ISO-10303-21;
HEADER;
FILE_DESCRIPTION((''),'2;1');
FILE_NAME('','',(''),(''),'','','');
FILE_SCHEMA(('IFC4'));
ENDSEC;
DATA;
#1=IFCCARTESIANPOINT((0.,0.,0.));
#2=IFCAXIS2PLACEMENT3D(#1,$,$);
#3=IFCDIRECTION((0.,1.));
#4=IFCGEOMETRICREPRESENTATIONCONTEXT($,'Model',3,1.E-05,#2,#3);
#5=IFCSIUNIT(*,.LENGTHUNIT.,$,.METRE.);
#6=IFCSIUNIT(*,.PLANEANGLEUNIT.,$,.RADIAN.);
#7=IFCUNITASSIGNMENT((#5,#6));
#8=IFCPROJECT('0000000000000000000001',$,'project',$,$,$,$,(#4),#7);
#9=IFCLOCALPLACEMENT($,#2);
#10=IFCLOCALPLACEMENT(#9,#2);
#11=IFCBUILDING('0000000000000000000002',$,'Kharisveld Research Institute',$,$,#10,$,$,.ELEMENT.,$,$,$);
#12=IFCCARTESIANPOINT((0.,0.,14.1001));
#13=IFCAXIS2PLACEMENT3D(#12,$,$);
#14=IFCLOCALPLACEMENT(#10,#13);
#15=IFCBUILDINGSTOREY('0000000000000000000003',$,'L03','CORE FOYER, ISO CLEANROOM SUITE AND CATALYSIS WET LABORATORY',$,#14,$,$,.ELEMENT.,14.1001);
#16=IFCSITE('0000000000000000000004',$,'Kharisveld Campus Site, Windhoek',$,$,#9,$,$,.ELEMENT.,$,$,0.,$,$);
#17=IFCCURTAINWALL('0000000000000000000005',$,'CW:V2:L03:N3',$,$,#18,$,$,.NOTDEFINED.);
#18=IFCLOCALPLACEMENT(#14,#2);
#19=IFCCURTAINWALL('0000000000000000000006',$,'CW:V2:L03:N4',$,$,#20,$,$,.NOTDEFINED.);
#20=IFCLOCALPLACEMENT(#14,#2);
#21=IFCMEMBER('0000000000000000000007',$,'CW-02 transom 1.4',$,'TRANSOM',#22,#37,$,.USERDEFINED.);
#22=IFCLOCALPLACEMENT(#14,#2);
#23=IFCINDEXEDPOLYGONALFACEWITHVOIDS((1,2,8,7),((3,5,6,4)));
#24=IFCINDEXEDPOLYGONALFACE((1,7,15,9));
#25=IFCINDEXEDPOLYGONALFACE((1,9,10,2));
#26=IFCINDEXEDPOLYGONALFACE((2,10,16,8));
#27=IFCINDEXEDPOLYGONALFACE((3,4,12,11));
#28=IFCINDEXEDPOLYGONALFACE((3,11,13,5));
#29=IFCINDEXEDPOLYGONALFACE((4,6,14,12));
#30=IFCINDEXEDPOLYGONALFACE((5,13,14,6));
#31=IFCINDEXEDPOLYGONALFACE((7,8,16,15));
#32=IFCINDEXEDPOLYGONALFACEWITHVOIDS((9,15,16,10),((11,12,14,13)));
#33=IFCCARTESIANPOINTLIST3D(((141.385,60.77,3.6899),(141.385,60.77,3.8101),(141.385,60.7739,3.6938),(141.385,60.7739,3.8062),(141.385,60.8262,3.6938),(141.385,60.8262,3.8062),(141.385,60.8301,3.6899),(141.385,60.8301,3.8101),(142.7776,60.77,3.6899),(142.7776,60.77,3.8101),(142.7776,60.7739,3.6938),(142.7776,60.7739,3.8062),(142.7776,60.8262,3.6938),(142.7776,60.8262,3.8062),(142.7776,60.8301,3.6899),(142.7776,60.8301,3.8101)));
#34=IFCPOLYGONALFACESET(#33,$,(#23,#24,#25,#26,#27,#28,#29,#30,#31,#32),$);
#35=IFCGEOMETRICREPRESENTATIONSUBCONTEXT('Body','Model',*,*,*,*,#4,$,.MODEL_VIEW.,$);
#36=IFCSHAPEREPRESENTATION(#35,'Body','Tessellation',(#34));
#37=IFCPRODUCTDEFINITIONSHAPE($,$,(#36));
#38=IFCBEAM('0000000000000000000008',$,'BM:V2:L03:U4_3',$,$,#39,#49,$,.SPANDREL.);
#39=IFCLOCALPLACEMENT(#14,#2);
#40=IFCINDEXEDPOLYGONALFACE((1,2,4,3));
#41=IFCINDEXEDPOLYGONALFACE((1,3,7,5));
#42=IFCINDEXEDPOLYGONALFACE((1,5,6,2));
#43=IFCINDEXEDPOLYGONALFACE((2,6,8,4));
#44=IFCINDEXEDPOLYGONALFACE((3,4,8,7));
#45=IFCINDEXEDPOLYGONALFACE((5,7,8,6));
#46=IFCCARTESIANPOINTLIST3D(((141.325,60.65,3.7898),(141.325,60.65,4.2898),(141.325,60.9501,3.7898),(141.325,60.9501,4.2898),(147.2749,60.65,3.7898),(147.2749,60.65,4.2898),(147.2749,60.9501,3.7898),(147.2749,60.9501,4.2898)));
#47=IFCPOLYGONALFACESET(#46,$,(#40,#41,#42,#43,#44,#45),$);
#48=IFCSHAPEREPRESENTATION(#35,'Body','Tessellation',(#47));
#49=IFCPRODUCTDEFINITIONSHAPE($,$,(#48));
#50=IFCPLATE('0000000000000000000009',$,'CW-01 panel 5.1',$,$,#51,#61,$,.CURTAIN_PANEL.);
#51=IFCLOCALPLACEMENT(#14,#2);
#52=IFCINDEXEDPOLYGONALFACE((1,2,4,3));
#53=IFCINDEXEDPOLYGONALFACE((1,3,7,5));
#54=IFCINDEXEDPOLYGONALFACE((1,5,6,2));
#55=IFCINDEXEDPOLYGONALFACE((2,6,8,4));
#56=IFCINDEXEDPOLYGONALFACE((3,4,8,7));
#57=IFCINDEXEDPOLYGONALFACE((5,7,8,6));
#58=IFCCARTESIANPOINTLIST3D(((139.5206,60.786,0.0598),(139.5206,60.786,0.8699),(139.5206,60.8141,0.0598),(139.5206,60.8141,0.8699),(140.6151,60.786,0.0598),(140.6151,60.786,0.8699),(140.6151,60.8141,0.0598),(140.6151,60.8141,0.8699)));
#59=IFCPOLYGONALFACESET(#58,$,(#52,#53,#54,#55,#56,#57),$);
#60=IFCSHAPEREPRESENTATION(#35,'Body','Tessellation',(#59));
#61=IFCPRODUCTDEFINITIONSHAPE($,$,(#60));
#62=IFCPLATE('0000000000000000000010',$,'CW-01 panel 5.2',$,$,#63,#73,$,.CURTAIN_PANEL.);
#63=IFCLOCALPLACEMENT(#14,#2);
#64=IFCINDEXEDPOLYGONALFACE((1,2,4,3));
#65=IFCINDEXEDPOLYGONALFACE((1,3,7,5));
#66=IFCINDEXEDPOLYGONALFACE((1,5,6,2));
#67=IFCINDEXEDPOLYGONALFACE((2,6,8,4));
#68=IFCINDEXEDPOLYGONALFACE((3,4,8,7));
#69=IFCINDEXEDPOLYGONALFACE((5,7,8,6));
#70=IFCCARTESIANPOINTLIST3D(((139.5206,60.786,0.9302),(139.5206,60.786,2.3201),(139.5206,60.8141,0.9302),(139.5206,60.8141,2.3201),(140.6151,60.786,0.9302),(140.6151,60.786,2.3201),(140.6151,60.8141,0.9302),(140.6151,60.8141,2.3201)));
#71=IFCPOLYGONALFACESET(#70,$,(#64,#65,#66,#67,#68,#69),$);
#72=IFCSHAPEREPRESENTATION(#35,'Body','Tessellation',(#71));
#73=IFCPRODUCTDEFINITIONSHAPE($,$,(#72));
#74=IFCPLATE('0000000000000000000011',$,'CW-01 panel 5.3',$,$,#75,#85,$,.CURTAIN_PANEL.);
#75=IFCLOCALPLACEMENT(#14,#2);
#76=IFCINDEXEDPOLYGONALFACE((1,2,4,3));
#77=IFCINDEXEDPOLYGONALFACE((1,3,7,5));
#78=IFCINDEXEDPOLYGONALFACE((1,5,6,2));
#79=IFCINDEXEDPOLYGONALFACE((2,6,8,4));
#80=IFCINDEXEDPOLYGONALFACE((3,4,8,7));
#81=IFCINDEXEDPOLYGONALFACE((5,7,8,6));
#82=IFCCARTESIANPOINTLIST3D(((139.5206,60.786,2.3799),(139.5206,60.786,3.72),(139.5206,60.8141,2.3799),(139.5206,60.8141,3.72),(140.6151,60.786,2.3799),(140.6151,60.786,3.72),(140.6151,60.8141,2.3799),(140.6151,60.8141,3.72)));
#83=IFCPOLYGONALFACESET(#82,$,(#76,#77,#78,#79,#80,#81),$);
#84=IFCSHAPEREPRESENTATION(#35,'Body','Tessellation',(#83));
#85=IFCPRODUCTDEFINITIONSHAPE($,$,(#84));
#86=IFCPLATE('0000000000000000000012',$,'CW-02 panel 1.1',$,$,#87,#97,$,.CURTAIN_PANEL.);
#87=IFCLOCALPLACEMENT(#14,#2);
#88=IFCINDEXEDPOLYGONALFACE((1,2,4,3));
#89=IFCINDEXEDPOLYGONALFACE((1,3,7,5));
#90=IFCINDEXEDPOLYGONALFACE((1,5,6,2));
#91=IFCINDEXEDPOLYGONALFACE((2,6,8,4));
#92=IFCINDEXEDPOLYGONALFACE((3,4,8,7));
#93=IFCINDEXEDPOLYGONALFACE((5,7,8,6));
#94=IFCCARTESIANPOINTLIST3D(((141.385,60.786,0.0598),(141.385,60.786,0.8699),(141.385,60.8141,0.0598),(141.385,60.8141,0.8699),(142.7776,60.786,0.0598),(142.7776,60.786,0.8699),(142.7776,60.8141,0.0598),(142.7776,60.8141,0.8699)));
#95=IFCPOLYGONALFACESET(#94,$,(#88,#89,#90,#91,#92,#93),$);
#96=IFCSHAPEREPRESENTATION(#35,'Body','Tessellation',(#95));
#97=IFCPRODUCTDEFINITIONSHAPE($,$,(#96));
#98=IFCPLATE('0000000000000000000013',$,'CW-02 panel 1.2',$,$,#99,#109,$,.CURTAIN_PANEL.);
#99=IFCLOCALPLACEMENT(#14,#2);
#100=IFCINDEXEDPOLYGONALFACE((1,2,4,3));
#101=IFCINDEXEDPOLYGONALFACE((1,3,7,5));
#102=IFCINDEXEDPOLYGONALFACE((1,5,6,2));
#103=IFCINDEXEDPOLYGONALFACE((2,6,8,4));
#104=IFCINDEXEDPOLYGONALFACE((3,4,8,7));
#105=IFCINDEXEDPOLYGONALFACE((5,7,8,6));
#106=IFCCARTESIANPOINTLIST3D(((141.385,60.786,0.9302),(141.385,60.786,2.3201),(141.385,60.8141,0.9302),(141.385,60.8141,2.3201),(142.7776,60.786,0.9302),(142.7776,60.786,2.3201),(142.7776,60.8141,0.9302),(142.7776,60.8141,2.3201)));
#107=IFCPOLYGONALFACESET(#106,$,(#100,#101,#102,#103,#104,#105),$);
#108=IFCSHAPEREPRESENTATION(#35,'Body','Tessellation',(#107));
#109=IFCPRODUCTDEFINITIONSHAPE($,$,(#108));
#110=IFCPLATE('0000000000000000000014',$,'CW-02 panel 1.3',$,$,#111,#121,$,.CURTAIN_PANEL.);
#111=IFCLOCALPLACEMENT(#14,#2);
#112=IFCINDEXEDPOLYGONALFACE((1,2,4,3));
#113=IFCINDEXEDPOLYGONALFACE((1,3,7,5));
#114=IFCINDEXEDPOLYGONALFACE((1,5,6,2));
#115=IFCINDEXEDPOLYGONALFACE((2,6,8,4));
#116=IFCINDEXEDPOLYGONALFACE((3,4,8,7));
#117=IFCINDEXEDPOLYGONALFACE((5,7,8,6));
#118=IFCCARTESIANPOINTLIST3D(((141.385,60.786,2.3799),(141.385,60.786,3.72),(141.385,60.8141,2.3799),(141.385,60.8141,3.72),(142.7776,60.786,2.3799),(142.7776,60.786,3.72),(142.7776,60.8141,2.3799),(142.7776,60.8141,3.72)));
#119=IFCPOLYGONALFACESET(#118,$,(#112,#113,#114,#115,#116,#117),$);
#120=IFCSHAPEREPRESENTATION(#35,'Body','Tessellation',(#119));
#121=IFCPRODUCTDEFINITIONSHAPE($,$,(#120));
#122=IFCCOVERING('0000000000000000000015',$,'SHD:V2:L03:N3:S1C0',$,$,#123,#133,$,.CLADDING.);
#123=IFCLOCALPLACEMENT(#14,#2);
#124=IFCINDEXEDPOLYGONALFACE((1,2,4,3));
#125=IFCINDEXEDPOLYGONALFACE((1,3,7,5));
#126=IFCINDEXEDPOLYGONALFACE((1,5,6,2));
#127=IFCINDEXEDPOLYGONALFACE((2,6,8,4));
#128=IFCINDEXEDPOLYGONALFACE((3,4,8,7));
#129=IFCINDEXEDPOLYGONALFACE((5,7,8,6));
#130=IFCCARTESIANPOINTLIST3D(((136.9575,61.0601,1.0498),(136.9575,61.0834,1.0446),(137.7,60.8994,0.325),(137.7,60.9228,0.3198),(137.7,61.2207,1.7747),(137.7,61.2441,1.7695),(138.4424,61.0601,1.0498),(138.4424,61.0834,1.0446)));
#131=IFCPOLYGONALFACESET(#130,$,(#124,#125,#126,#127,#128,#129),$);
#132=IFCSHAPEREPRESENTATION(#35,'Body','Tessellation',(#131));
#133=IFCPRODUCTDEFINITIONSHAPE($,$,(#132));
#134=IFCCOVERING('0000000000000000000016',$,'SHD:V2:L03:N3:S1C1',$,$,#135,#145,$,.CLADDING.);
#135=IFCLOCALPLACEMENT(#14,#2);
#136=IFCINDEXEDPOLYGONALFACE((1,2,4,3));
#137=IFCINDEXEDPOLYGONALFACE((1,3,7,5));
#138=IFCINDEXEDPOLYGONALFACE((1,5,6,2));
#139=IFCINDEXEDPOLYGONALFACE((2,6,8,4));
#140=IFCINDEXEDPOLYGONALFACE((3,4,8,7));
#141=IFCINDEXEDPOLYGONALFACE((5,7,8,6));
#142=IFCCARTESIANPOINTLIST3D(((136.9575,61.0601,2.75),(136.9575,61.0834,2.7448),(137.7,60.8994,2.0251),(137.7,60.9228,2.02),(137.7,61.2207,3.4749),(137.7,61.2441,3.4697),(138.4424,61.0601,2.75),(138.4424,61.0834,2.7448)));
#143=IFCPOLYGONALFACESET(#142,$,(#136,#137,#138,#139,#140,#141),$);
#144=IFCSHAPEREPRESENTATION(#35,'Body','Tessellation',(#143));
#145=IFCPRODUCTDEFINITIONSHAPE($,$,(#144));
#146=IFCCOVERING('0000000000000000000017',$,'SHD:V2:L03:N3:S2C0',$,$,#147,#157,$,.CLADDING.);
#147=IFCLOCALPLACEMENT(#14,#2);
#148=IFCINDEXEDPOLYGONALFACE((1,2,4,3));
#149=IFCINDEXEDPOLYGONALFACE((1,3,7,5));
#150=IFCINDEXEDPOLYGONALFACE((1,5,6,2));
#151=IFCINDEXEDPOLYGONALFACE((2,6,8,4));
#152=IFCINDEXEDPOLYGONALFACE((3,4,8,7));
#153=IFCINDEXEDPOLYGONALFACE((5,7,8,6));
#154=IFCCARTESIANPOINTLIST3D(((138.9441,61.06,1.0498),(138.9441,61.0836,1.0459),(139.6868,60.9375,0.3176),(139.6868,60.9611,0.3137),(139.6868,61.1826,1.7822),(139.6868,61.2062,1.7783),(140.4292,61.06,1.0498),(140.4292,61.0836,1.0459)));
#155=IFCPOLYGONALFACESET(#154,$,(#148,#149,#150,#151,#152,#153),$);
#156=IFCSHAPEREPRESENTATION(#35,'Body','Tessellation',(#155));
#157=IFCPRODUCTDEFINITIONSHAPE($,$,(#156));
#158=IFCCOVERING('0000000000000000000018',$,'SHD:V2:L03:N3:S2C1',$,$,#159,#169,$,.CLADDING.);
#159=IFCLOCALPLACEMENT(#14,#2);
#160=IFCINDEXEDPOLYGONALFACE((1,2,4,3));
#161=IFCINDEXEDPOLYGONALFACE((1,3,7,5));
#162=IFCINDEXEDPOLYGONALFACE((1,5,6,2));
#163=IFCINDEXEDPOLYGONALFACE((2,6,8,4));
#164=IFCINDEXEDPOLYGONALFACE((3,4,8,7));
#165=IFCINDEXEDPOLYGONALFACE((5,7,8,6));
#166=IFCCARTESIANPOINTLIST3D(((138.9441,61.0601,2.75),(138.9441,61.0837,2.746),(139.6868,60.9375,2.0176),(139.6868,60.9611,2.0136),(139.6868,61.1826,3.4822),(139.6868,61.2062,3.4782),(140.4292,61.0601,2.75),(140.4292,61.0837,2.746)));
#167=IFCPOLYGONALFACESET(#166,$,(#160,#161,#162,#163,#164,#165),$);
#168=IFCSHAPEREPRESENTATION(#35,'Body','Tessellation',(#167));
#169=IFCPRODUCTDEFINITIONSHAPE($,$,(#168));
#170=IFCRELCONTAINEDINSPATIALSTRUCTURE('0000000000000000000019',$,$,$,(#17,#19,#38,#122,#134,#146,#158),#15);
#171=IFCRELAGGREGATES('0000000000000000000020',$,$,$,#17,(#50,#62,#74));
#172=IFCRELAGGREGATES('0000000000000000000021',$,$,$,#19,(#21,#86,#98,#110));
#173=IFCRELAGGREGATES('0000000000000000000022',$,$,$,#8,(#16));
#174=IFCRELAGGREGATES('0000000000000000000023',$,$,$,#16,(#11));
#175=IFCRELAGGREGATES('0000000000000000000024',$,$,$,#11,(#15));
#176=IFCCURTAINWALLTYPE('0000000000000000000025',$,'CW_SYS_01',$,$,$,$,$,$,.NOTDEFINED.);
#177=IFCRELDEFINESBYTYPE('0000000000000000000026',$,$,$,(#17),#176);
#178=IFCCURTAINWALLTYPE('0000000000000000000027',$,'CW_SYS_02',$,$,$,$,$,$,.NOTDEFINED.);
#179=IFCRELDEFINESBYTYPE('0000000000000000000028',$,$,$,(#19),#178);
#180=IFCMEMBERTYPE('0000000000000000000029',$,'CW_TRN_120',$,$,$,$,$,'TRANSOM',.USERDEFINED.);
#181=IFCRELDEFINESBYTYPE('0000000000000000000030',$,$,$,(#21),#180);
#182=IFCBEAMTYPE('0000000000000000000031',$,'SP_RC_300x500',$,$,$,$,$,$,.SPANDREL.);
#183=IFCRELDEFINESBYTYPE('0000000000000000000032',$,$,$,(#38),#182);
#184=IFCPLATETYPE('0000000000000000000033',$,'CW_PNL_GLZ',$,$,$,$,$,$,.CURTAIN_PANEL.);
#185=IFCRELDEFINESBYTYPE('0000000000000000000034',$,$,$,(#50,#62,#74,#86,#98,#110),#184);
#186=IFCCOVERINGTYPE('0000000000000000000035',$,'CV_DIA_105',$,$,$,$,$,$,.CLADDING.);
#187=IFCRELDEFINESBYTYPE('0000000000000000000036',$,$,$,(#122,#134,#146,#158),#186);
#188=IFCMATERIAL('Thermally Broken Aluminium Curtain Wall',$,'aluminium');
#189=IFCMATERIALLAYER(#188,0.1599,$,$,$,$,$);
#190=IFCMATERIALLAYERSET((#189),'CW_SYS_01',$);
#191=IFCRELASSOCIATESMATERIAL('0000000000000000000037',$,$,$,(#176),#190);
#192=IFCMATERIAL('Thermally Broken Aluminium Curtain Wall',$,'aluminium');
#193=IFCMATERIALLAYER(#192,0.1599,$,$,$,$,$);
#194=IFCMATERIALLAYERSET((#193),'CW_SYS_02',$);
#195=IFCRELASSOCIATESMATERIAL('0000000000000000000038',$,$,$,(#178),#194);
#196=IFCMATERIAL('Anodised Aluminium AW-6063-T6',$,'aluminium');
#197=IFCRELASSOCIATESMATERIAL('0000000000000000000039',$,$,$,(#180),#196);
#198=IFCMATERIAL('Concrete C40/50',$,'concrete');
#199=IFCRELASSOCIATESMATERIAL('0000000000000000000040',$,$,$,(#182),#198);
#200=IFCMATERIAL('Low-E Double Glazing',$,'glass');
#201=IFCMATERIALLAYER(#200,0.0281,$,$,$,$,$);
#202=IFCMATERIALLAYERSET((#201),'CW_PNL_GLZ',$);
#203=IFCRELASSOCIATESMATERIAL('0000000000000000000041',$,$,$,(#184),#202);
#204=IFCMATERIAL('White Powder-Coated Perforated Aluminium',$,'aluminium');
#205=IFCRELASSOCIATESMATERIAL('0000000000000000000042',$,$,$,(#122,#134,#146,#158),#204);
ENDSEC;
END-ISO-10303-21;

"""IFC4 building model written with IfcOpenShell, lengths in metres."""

from ifc_helpers import new_model, si_unit, direction, frame, origin, origin_2d, place, context, subcontext, project, spatial, polyline, rectangle, hollow_rectangle, outline, extrude, material, layer, layer_set, material_profile, profile_set, type_object, element, aggregate, save


model = new_model("IFC4")

# Units and contexts
model_context = context("Model", 3, precision=1e-05, world=origin(), true_north=direction((0.0, 1.0)))
body_context = subcontext(model_context, "Body", "Model", "MODEL_VIEW")
ifc_project = project(units=[si_unit("LENGTHUNIT", "METRE"), si_unit("PLANEANGLEUNIT", "RADIAN")], contexts=[model_context])

# Site, building, storey
site_placement = place(None, origin())
site = spatial("IfcSite", under=ifc_project, at=site_placement, Name="Kharisveld Campus Site, Windhoek", CompositionType="ELEMENT", RefElevation=0.0)
building_placement = place(site_placement, origin())
building = spatial("IfcBuilding", under=site, at=building_placement, Name="Kharisveld Research Institute", CompositionType="ELEMENT")
storey_placement = place(building_placement, frame((0.0, 0.0, 14.1001)))
storey = spatial("IfcBuildingStorey", under=building, at=storey_placement, Name="L03", Description="CORE FOYER, ISO CLEANROOM SUITE AND CATALYSIS WET LABORATORY", CompositionType="ELEMENT", Elevation=14.1001)

# Curtain wall
ifc_material_1 = material(Name="Thermally Broken Aluminium Curtain Wall", Category="aluminium")
ifc_layer_1 = layer(ifc_material_1, 0.1599)
ifc_layer_set_1 = layer_set([ifc_layer_1], Name="CW_SYS_01")
curtain_wall_type_1 = type_object("IfcCurtainWallType", Name="CW_SYS_01", PredefinedType="NOTDEFINED", material=ifc_layer_set_1)
curtain_wall_1_placement = place(storey_placement, origin())
curtain_wall_1 = element("IfcCurtainWall", 1, at=curtain_wall_1_placement, inside=storey, type_object=curtain_wall_type_1, Name="CW:V2:L03:N3", PredefinedType="NOTDEFINED")

# Curtain wall
ifc_material_2 = material(Name="Thermally Broken Aluminium Curtain Wall", Category="aluminium")
ifc_layer_2 = layer(ifc_material_2, 0.1599)
ifc_layer_set_2 = layer_set([ifc_layer_2], Name="CW_SYS_02")
curtain_wall_type_2 = type_object("IfcCurtainWallType", Name="CW_SYS_02", PredefinedType="NOTDEFINED", material=ifc_layer_set_2)
curtain_wall_2_placement = place(storey_placement, origin())
curtain_wall_2 = element("IfcCurtainWall", 2, at=curtain_wall_2_placement, inside=storey, type_object=curtain_wall_type_2, Name="CW:V2:L03:N4", PredefinedType="NOTDEFINED")

# Member
ifc_material_3 = material(Name="Anodised Aluminium AW-6063-T6", Category="aluminium")
ifc_material_profile_1 = material_profile(ifc_material_3, hollow_rectangle(XDim=0.0601, YDim=0.1201, WallThickness=0.0039, at=origin_2d()))
ifc_profile_set_1 = profile_set([ifc_material_profile_1], Name="Anodised Aluminium AW-6063-T6")
member_type_1 = type_object("IfcMemberType", Name="CW_TRN_120", ElementType="TRANSOM", PredefinedType="USERDEFINED", material=ifc_profile_set_1)
member_1_placement = place(storey_placement, frame((141.385, 60.8, 3.75), z_axis=(1.0, 0.0, 0.0), x_axis=(0.0, 1.0, 0.0)))
member_1 = element("IfcMember", 3, at=member_1_placement, type_object=member_type_1, Name="CW-02 transom 1.4", ObjectType="TRANSOM", PredefinedType="USERDEFINED", context=body_context, shape_type="SweptSolid", body=[
    extrude(hollow_rectangle(XDim=0.0601, YDim=0.1201, WallThickness=0.0039, at=origin_2d()), origin(), (0.0, 0.0, 1.0), 1.3926),
])

# Beam
ifc_material_4 = material(Name="Concrete C40/50", Category="concrete")
ifc_material_profile_2 = material_profile(ifc_material_4, rectangle(XDim=0.3, YDim=0.5, at=origin_2d()))
ifc_profile_set_2 = profile_set([ifc_material_profile_2], Name="Concrete C40/50")
beam_type = type_object("IfcBeamType", Name="SP_RC_300x500", PredefinedType="SPANDREL", material=ifc_profile_set_2)
beam_placement = place(storey_placement, frame((141.325, 60.8, 4.0398), z_axis=(1.0, 0.0, 0.0), x_axis=(0.0, 1.0, 0.0)))
element("IfcBeam", 4, at=beam_placement, inside=storey, type_object=beam_type, Name="BM:V2:L03:U4_3", PredefinedType="SPANDREL", context=body_context, shape_type="SweptSolid", body=[
    extrude(rectangle(XDim=0.3, YDim=0.5, at=origin_2d()), origin(), (0.0, 0.0, 1.0), 5.95),
])

# Plates
ifc_material_5 = material(Name="Low-E Double Glazing", Category="glass")
ifc_layer_3 = layer(ifc_material_5, 0.0281)
ifc_layer_set_3 = layer_set([ifc_layer_3], Name="CW_PNL_GLZ")
plate_type = type_object("IfcPlateType", Name="CW_PNL_GLZ", PredefinedType="CURTAIN_PANEL", material=ifc_layer_set_3)
plate_1_placement = place(storey_placement, frame((140.0679, 60.8, 0.0598), z_axis=(0.0, 0.0, 1.0), x_axis=(1.0, 0.0, 0.0)))
plate_1 = element("IfcPlate", 5, at=plate_1_placement, type_object=plate_type, Name="CW-01 panel 5.1", PredefinedType="CURTAIN_PANEL", context=body_context, shape_type="SweptSolid", body=[
    extrude(rectangle(XDim=1.0945, YDim=0.0281, at=origin_2d()), origin(), (0.0, 0.0, 1.0), 0.8101),
])
plate_2_placement = place(storey_placement, frame((140.0679, 60.8, 0.9302), z_axis=(0.0, 0.0, 1.0), x_axis=(1.0, 0.0, 0.0)))
plate_2 = element("IfcPlate", 6, at=plate_2_placement, type_object=plate_type, Name="CW-01 panel 5.2", PredefinedType="CURTAIN_PANEL", context=body_context, shape_type="SweptSolid", body=[
    extrude(rectangle(XDim=1.0945, YDim=0.0281, at=origin_2d()), origin(), (0.0, 0.0, 1.0), 1.3899),
])
plate_3_placement = place(storey_placement, frame((140.0679, 60.8, 2.3799), z_axis=(0.0, 0.0, 1.0), x_axis=(1.0, 0.0, 0.0)))
plate_3 = element("IfcPlate", 7, at=plate_3_placement, type_object=plate_type, Name="CW-01 panel 5.3", PredefinedType="CURTAIN_PANEL", context=body_context, shape_type="SweptSolid", body=[
    extrude(rectangle(XDim=1.0945, YDim=0.0281, at=origin_2d()), origin(), (0.0, 0.0, 1.0), 1.3401),
])
aggregate(curtain_wall_1, [plate_1, plate_2, plate_3])
plate_4_placement = place(storey_placement, frame((142.0813, 60.8, 0.0598), z_axis=(0.0, 0.0, 1.0), x_axis=(1.0, 0.0, 0.0)))
plate_4 = element("IfcPlate", 8, at=plate_4_placement, type_object=plate_type, Name="CW-02 panel 1.1", PredefinedType="CURTAIN_PANEL", context=body_context, shape_type="SweptSolid", body=[
    extrude(rectangle(XDim=1.3926, YDim=0.0281, at=origin_2d()), origin(), (0.0, 0.0, 1.0), 0.8101),
])
plate_5_placement = place(storey_placement, frame((142.0813, 60.8, 0.9302), z_axis=(0.0, 0.0, 1.0), x_axis=(1.0, 0.0, 0.0)))
plate_5 = element("IfcPlate", 9, at=plate_5_placement, type_object=plate_type, Name="CW-02 panel 1.2", PredefinedType="CURTAIN_PANEL", context=body_context, shape_type="SweptSolid", body=[
    extrude(rectangle(XDim=1.3926, YDim=0.0281, at=origin_2d()), origin(), (0.0, 0.0, 1.0), 1.3899),
])
plate_6_placement = place(storey_placement, frame((142.0813, 60.8, 2.3799), z_axis=(0.0, 0.0, 1.0), x_axis=(1.0, 0.0, 0.0)))
plate_6 = element("IfcPlate", 10, at=plate_6_placement, type_object=plate_type, Name="CW-02 panel 1.3", PredefinedType="CURTAIN_PANEL", context=body_context, shape_type="SweptSolid", body=[
    extrude(rectangle(XDim=1.3926, YDim=0.0281, at=origin_2d()), origin(), (0.0, 0.0, 1.0), 1.3401),
])
aggregate(curtain_wall_2, [member_1, plate_4, plate_5, plate_6])

# Coverings
ifc_material_6 = material(Name="White Powder-Coated Perforated Aluminium", Category="aluminium")
covering_type = type_object("IfcCoveringType", Name="CV_DIA_105", PredefinedType="CLADDING")
for number, where, z_axis, x_axis, name in (
    (11, (137.7, 60.8994, 0.325), (0.0, -0.976311, 0.216373), (0.707102, 0.153, 0.69036), "SHD:V2:L03:N3:S1C0"),
    (12, (137.7, 60.8994, 2.0251), (0.0, -0.976311, 0.216373), (0.707102, 0.153, 0.69036), "SHD:V2:L03:N3:S1C1"),
):
    element("IfcCovering", number, at=place(storey_placement, frame(where, z_axis=z_axis, x_axis=x_axis)), inside=storey, type_object=covering_type, material=ifc_material_6, Name=name, PredefinedType="CLADDING", context=body_context, shape_type="SweptSolid", body=[
        extrude(outline(polyline([(0.0, 0.0), (1.05, 0.0), (1.05, 1.05), (0.0, 1.05), (0.0, 0.0)])), origin(), (0.0, 0.0, -1.0), 0.0239),
    ])
covering_1_placement = place(storey_placement, frame((139.6868, 60.9375, 0.3176), z_axis=(0.0, -0.986283, 0.165065), x_axis=(0.707139, 0.116714, 0.697376)))
element("IfcCovering", 13, at=covering_1_placement, inside=storey, type_object=covering_type, material=ifc_material_6, Name="SHD:V2:L03:N3:S2C0", PredefinedType="CLADDING", context=body_context, shape_type="SweptSolid", body=[
    extrude(outline(polyline([(0.0, 0.0), (1.0499, 0.0), (1.05, 1.0501), (-0.0003, 1.0501), (0.0, 0.0)])), origin(), (0.0, 0.0, -1.0), 0.0239),
])
covering_2_placement = place(storey_placement, frame((139.6868, 60.9375, 2.0176), z_axis=(0.0, -0.986283, 0.165065), x_axis=(0.707024, 0.116733, 0.697489)))
element("IfcCovering", 14, at=covering_2_placement, inside=storey, type_object=covering_type, material=ifc_material_6, Name="SHD:V2:L03:N3:S2C1", PredefinedType="CLADDING", context=body_context, shape_type="SweptSolid", body=[
    extrude(outline(polyline([(0.0, 0.0), (1.0501, 0.0), (1.0502, 1.0499), (0.0001, 1.0503), (0.0, 0.0)])), origin(), (0.0, 0.0, -1.0), 0.0239),
])

save(model, "model.ifc")
